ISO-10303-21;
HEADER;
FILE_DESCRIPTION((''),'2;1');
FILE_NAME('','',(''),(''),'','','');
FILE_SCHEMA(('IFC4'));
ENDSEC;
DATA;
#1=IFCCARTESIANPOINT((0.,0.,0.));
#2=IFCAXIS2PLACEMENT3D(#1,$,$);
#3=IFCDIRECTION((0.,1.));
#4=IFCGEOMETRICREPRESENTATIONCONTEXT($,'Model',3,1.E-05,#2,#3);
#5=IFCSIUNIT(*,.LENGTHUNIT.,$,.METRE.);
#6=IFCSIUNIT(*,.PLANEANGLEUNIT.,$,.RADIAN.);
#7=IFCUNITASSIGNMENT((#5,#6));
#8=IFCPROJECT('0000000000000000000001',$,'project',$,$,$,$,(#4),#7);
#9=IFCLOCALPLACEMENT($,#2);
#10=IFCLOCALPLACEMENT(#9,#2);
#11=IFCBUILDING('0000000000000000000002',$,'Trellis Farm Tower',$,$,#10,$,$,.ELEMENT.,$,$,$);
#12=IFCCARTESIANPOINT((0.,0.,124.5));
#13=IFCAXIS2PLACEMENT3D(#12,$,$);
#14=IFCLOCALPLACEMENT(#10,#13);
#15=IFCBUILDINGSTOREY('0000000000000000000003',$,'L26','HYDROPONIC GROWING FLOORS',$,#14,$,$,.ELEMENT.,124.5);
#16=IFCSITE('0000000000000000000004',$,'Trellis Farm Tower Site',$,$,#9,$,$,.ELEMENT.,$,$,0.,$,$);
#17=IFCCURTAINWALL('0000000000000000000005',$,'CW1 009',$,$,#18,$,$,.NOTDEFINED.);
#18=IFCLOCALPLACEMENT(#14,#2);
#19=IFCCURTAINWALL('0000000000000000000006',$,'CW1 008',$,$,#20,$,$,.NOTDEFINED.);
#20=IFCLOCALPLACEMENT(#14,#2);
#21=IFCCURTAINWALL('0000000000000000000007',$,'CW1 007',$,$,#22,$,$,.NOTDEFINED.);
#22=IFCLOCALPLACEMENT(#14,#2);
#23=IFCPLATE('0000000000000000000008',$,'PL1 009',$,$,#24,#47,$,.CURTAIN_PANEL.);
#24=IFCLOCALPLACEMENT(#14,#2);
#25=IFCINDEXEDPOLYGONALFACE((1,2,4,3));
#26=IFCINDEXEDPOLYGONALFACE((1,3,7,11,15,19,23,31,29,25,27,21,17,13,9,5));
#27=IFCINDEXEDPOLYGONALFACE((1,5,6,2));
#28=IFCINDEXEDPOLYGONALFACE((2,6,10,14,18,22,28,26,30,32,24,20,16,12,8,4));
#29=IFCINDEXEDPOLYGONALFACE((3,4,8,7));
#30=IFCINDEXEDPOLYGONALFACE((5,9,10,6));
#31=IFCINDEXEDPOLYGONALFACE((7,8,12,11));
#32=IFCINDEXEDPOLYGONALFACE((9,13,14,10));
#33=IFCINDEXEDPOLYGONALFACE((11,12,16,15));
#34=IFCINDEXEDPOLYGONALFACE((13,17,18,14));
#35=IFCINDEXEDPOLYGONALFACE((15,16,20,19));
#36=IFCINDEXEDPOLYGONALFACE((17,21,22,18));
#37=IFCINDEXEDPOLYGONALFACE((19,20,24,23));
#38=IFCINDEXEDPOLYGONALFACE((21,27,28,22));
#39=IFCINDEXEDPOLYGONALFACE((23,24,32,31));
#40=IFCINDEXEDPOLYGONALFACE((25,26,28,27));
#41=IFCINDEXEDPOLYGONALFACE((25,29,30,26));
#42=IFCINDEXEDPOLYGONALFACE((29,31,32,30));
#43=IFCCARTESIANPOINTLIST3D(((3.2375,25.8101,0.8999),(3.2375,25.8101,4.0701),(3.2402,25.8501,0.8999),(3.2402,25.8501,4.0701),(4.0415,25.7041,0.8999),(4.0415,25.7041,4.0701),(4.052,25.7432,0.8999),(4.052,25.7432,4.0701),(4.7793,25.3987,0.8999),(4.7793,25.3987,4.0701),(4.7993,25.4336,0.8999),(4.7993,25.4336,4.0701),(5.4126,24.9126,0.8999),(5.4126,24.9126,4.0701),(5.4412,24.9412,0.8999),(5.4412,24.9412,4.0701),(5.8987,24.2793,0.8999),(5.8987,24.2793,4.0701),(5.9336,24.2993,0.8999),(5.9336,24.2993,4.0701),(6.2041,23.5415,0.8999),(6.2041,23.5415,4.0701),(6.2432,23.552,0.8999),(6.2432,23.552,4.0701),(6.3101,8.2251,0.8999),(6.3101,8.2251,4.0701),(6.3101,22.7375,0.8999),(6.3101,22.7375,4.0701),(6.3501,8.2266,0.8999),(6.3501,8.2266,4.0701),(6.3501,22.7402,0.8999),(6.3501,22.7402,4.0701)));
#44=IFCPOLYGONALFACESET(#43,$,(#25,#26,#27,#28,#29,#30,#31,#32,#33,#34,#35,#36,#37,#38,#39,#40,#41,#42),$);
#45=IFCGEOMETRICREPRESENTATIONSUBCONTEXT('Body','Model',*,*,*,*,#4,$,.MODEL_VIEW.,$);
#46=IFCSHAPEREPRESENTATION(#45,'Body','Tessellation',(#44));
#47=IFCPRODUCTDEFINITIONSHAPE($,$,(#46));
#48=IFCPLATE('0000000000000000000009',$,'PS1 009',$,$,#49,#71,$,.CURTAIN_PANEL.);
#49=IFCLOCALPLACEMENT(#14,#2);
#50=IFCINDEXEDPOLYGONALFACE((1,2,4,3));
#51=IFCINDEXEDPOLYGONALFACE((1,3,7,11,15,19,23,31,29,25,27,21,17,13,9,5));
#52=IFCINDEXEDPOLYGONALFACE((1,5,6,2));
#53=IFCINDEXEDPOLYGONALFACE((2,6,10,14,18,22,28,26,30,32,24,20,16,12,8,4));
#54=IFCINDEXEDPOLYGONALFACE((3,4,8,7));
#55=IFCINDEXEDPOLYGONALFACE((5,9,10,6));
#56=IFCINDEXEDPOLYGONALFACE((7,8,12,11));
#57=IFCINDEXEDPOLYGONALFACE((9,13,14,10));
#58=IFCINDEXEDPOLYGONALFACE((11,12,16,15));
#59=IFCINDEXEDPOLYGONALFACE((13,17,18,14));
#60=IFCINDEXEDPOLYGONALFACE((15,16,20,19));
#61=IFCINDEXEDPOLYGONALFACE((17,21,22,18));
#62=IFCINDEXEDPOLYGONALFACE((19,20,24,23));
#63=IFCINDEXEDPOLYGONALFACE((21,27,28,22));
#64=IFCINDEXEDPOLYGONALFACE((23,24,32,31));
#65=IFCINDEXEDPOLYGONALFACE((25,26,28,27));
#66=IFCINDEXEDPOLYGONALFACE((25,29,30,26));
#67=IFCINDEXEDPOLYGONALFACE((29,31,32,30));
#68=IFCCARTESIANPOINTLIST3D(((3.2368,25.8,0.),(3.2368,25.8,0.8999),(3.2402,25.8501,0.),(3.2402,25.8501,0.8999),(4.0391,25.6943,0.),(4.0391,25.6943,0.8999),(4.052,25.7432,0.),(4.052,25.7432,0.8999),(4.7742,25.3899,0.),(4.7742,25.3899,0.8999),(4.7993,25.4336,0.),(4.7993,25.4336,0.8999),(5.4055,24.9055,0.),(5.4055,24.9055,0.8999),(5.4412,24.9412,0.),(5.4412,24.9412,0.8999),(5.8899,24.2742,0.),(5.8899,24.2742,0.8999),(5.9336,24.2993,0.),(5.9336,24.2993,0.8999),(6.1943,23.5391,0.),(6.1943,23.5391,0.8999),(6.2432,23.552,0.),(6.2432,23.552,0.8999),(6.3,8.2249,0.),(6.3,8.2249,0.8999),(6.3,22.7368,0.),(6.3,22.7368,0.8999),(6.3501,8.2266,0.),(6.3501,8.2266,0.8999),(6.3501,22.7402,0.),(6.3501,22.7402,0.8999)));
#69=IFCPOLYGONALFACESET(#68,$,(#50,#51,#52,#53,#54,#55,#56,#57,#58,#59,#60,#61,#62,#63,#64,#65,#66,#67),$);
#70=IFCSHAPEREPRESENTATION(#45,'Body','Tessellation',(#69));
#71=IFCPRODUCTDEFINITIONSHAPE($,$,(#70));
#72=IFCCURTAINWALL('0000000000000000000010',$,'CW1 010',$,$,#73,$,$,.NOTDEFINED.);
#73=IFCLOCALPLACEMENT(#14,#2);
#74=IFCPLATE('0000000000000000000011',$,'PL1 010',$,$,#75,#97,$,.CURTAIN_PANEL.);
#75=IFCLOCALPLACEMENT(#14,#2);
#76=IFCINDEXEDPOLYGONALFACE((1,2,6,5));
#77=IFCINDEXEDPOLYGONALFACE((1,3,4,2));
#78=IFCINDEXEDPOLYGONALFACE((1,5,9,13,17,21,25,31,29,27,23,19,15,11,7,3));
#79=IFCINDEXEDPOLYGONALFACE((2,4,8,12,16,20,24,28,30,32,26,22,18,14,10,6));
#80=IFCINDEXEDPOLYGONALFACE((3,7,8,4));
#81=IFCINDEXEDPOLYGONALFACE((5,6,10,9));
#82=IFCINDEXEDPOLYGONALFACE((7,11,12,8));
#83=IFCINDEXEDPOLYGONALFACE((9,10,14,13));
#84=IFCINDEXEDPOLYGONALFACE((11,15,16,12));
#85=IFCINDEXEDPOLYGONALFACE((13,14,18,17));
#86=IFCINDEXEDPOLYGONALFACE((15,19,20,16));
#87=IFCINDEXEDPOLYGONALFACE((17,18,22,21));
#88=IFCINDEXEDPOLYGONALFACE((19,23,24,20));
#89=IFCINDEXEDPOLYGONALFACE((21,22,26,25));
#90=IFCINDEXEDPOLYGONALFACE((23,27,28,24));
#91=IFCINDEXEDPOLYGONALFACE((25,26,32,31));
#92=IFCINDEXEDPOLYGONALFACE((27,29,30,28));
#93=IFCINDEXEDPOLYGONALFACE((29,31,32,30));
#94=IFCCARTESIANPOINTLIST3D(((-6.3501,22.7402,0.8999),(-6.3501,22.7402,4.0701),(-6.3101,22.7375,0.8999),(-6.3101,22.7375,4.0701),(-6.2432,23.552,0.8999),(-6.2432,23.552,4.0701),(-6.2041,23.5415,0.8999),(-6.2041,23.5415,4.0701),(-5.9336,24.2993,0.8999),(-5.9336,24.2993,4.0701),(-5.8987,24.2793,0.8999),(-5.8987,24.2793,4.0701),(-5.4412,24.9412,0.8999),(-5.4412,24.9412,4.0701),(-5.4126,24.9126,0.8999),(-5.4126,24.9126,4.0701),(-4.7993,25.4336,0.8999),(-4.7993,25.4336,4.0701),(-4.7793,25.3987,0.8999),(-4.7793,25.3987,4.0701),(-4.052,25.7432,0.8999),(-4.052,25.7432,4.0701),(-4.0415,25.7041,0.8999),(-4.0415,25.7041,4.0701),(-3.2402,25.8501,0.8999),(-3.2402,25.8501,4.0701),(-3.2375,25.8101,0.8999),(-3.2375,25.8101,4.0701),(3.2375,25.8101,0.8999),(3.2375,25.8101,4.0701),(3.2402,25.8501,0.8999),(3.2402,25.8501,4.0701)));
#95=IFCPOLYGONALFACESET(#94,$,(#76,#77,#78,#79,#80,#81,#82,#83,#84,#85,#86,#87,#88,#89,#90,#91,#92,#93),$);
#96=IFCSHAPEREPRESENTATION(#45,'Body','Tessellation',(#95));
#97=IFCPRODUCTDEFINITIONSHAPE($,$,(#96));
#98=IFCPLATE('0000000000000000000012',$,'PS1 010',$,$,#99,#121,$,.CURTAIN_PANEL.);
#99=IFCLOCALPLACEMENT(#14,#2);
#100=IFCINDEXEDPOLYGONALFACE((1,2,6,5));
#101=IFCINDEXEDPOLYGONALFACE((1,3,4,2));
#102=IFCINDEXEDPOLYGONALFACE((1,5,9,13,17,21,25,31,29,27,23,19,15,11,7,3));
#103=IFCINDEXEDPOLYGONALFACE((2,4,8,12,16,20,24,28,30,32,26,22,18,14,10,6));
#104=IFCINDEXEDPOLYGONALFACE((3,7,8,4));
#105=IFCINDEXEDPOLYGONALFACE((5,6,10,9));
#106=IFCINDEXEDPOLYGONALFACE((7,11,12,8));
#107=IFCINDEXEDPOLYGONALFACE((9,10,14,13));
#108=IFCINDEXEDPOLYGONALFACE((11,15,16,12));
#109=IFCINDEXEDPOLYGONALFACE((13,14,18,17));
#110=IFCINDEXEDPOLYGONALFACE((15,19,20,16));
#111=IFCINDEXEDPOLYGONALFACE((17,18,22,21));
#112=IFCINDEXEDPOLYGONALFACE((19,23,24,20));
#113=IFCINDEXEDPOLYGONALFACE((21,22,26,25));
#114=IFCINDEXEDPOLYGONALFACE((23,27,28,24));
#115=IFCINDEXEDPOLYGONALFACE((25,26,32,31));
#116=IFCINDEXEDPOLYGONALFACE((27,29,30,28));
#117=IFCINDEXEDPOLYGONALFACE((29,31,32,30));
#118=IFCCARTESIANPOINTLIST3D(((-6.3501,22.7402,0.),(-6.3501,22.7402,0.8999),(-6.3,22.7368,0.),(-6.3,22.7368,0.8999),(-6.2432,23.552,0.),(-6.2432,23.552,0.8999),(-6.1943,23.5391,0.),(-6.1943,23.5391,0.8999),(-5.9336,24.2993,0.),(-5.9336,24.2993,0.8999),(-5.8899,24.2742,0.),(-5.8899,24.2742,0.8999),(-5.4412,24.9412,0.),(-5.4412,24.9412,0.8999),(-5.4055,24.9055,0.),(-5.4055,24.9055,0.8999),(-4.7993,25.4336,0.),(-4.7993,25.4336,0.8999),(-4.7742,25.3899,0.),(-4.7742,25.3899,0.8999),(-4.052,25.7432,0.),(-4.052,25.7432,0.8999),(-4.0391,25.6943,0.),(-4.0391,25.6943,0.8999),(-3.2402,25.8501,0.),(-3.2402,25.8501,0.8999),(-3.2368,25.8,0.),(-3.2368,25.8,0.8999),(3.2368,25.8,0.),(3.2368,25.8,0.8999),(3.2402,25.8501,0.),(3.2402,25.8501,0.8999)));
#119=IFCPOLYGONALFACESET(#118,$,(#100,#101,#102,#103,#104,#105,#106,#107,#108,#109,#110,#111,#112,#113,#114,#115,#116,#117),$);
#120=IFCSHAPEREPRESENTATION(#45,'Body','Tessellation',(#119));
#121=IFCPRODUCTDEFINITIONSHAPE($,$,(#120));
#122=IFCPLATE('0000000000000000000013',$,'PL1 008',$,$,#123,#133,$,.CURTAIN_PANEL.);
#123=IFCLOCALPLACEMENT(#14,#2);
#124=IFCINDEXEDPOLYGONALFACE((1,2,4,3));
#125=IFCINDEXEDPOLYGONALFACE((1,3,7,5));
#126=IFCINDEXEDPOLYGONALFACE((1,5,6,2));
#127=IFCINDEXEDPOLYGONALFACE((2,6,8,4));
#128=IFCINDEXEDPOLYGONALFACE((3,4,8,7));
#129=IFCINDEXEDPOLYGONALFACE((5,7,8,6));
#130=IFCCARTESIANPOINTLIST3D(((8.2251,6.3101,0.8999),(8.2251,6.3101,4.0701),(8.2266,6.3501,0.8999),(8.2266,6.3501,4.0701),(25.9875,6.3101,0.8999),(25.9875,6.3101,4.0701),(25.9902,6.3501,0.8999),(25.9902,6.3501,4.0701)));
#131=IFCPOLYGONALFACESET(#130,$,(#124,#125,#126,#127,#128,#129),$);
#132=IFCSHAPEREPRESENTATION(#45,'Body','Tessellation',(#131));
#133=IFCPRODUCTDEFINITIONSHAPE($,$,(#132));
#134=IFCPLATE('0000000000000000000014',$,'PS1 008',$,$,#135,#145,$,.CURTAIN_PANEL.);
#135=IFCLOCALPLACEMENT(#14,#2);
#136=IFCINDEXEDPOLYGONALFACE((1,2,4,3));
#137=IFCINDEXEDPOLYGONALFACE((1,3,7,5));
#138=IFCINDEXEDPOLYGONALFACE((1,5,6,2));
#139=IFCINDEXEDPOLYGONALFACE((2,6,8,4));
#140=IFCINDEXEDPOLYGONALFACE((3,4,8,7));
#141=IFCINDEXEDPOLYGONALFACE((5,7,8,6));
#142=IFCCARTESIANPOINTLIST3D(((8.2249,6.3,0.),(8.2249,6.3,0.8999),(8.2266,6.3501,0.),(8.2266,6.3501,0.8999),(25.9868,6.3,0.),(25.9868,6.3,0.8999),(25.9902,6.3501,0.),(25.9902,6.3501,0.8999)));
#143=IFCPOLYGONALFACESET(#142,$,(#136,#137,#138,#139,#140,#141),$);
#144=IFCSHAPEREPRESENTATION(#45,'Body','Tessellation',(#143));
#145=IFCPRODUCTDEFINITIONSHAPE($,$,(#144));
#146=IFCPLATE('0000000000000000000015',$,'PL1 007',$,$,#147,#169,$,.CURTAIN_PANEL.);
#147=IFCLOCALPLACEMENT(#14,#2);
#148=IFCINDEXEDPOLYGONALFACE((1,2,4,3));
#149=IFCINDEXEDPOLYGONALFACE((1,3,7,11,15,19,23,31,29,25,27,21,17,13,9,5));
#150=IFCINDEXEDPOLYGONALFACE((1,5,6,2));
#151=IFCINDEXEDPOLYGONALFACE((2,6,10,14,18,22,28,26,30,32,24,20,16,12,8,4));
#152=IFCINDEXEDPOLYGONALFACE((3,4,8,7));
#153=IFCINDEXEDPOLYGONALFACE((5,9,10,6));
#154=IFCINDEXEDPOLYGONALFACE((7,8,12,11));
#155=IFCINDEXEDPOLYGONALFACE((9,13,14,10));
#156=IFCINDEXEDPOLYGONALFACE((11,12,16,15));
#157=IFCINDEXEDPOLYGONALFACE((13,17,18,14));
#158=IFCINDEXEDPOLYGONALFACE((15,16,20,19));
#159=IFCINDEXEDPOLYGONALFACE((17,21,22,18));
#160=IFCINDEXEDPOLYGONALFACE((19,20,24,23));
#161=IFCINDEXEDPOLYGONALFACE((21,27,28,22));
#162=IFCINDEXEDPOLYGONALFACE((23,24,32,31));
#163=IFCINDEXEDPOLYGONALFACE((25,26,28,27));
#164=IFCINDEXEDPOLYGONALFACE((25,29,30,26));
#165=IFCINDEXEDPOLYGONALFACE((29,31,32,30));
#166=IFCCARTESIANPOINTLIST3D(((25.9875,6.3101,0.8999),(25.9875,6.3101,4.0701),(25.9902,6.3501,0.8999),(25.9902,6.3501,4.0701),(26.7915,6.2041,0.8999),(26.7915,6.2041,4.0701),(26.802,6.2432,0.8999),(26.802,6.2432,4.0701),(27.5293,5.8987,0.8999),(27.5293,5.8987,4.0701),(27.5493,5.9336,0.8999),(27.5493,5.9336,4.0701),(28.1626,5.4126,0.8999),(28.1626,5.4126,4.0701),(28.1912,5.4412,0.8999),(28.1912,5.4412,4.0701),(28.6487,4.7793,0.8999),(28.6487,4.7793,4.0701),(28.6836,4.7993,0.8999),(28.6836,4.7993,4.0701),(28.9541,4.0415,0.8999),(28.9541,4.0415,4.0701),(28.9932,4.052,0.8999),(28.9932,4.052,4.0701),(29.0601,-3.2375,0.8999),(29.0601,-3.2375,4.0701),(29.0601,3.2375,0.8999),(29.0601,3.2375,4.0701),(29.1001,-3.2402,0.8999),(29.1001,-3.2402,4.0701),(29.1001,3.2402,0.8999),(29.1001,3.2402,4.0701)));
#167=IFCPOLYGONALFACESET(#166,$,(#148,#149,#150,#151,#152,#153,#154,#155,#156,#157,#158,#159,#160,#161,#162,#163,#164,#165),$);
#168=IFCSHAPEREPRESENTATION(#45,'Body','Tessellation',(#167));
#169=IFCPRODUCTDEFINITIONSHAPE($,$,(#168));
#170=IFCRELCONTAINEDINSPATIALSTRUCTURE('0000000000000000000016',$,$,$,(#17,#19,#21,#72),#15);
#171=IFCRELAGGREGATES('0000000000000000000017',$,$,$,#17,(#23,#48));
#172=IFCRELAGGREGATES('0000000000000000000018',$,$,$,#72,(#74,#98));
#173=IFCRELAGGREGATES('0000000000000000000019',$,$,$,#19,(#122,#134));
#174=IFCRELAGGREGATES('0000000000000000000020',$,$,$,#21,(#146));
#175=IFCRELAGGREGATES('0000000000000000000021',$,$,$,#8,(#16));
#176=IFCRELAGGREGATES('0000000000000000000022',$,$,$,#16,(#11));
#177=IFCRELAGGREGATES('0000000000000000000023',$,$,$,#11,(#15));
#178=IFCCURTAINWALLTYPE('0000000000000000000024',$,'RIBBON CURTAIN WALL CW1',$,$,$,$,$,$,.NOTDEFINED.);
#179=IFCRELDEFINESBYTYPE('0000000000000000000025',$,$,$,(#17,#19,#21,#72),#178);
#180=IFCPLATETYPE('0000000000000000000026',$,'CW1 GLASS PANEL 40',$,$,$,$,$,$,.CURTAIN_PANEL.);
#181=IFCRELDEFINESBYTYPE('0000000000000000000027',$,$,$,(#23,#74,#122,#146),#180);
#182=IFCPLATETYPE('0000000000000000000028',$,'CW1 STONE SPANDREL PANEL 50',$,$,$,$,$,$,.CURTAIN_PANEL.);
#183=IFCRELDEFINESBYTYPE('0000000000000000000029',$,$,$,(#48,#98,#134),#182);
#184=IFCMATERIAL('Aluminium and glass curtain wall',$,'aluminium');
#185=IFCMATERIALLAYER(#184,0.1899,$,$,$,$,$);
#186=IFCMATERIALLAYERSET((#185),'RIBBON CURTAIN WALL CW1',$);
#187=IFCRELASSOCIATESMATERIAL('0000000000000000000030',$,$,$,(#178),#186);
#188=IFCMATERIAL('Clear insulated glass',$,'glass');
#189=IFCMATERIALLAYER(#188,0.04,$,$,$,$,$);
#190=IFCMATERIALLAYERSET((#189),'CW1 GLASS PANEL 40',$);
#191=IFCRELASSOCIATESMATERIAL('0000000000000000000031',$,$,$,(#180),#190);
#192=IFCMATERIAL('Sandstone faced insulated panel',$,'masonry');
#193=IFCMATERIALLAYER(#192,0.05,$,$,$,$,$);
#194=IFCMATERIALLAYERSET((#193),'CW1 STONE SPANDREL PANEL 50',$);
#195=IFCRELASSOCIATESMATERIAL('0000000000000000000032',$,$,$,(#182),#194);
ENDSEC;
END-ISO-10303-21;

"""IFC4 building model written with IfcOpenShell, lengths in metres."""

from ifc_helpers import new_model, si_unit, direction, frame, origin, place, context, subcontext, project, spatial, polyline, outline, extrude, source, transform, mapped, material, layer, layer_set, type_object, element, aggregate, save


model = new_model("IFC4")

# Units and contexts
model_context = context("Model", 3, precision=1e-05, world=origin(), true_north=direction((0.0, 1.0)))
body_context = subcontext(model_context, "Body", "Model", "MODEL_VIEW")
ifc_project = project(units=[si_unit("LENGTHUNIT", "METRE"), si_unit("PLANEANGLEUNIT", "RADIAN")], contexts=[model_context])

# Site, building, storey
site_placement = place(None, origin())
site = spatial("IfcSite", under=ifc_project, at=site_placement, Name="Trellis Farm Tower Site", CompositionType="ELEMENT", RefElevation=0.0)
building_placement = place(site_placement, origin())
building = spatial("IfcBuilding", under=site, at=building_placement, Name="Trellis Farm Tower", CompositionType="ELEMENT")
storey_placement = place(building_placement, frame((0.0, 0.0, 124.5)))
storey = spatial("IfcBuildingStorey", under=building, at=storey_placement, Name="L26", Description="HYDROPONIC GROWING FLOORS", CompositionType="ELEMENT", Elevation=124.5)

# Curtain walls
ifc_material_1 = material(Name="Aluminium and glass curtain wall", Category="aluminium")
placement_1 = place(storey_placement, origin())
ifc_layer_1 = layer(ifc_material_1, 0.1899)
ifc_layer_set_1 = layer_set([ifc_layer_1], Name="RIBBON CURTAIN WALL CW1")
curtain_wall_type_1 = type_object("IfcCurtainWallType", Name="RIBBON CURTAIN WALL CW1", PredefinedType="NOTDEFINED", material=ifc_layer_set_1)
curtain_wall_1 = element("IfcCurtainWall", 1, at=placement_1, inside=storey, type_object=curtain_wall_type_1, Name="CW1 009", PredefinedType="NOTDEFINED")
curtain_wall_2 = element("IfcCurtainWall", 2, at=placement_1, inside=storey, type_object=curtain_wall_type_1, Name="CW1 008", PredefinedType="NOTDEFINED")
curtain_wall_3 = element("IfcCurtainWall", 3, at=placement_1, inside=storey, type_object=curtain_wall_type_1, Name="CW1 007", PredefinedType="NOTDEFINED")

# Plates
ifc_material_2 = material(Name="Clear insulated glass", Category="glass")
ifc_layer_2 = layer(ifc_material_2, 0.04)
ifc_layer_set_2 = layer_set([ifc_layer_2], Name="CW1 GLASS PANEL 40")
plate_type_1 = type_object("IfcPlateType", Name="CW1 GLASS PANEL 40", PredefinedType="CURTAIN_PANEL", material=ifc_layer_set_2)
shared_shape_1 = source(origin(), body_context, "Body", "SweptSolid", [
    extrude(outline(polyline([(6.3501, 8.2266), (6.3501, 22.7402), (6.2432, 23.552), (5.9336, 24.2993), (5.4412, 24.9412), (4.7993, 25.4336), (4.052, 25.7432), (3.2402, 25.8501), (3.2375, 25.8101), (4.0415, 25.7041), (4.7793, 25.3987), (5.4126, 24.9126), (5.8987, 24.2793), (6.2041, 23.5415), (6.3101, 22.7375), (6.3101, 8.2251), (6.3501, 8.2266)])), origin(), (0.0, 0.0, 1.0), 3.1702),
])
placement_2 = place(storey_placement, frame((0.0, 0.0, 0.8999)))
plate_1 = element("IfcPlate", 4, at=placement_2, type_object=plate_type_1, Name="PL1 009", PredefinedType="CURTAIN_PANEL", context=body_context, shape_type="MappedRepresentation", body=[
    mapped(shared_shape_1, transform((0.0, 0.0, 0.0))),
])
ifc_material_3 = material(Name="Sandstone faced insulated panel", Category="masonry")
ifc_layer_3 = layer(ifc_material_3, 0.05)
ifc_layer_set_3 = layer_set([ifc_layer_3], Name="CW1 STONE SPANDREL PANEL 50")
plate_type_2 = type_object("IfcPlateType", Name="CW1 STONE SPANDREL PANEL 50", PredefinedType="CURTAIN_PANEL", material=ifc_layer_set_3)
shared_shape_2 = source(origin(), body_context, "Body", "SweptSolid", [
    extrude(outline(polyline([(6.3501, 8.2266), (6.3501, 22.7402), (6.2432, 23.552), (5.9336, 24.2993), (5.4412, 24.9412), (4.7993, 25.4336), (4.052, 25.7432), (3.2402, 25.8501), (3.2368, 25.8), (4.0391, 25.6943), (4.7742, 25.3899), (5.4055, 24.9055), (5.8899, 24.2742), (6.1943, 23.5391), (6.3, 22.7368), (6.3, 8.2249), (6.3501, 8.2266)])), origin(), (0.0, 0.0, 1.0), 0.8999),
])
plate_2 = element("IfcPlate", 5, at=placement_1, type_object=plate_type_2, Name="PS1 009", PredefinedType="CURTAIN_PANEL", context=body_context, shape_type="MappedRepresentation", body=[
    mapped(shared_shape_2, transform((0.0, 0.0, 0.0))),
])
aggregate(curtain_wall_1, [plate_1, plate_2])

# Curtain wall, plates
curtain_wall_4 = element("IfcCurtainWall", 6, at=placement_1, inside=storey, type_object=curtain_wall_type_1, Name="CW1 010", PredefinedType="NOTDEFINED")
shared_shape_3 = source(origin(), body_context, "Body", "SweptSolid", [
    extrude(outline(polyline([(3.2402, 25.8501), (-3.2402, 25.8501), (-4.052, 25.7432), (-4.7993, 25.4336), (-5.4412, 24.9412), (-5.9336, 24.2993), (-6.2432, 23.552), (-6.3501, 22.7402), (-6.3101, 22.7375), (-6.2041, 23.5415), (-5.8987, 24.2793), (-5.4126, 24.9126), (-4.7793, 25.3987), (-4.0415, 25.7041), (-3.2375, 25.8101), (3.2375, 25.8101), (3.2402, 25.8501)])), origin(), (0.0, 0.0, 1.0), 3.1702),
])
plate_3 = element("IfcPlate", 7, at=placement_2, type_object=plate_type_1, Name="PL1 010", PredefinedType="CURTAIN_PANEL", context=body_context, shape_type="MappedRepresentation", body=[
    mapped(shared_shape_3, transform((0.0, 0.0, 0.0))),
])
shared_shape_4 = source(origin(), body_context, "Body", "SweptSolid", [
    extrude(outline(polyline([(3.2402, 25.8501), (-3.2402, 25.8501), (-4.052, 25.7432), (-4.7993, 25.4336), (-5.4412, 24.9412), (-5.9336, 24.2993), (-6.2432, 23.552), (-6.3501, 22.7402), (-6.3, 22.7368), (-6.1943, 23.5391), (-5.8899, 24.2742), (-5.4055, 24.9055), (-4.7742, 25.3899), (-4.0391, 25.6943), (-3.2368, 25.8), (3.2368, 25.8), (3.2402, 25.8501)])), origin(), (0.0, 0.0, 1.0), 0.8999),
])
plate_4 = element("IfcPlate", 8, at=placement_1, type_object=plate_type_2, Name="PS1 010", PredefinedType="CURTAIN_PANEL", context=body_context, shape_type="MappedRepresentation", body=[
    mapped(shared_shape_4, transform((0.0, 0.0, 0.0))),
])
aggregate(curtain_wall_4, [plate_3, plate_4])

# Plates
shared_shape_5 = source(origin(), body_context, "Body", "SweptSolid", [
    extrude(outline(polyline([(25.9902, 6.3501), (8.2266, 6.3501), (8.2251, 6.3101), (25.9875, 6.3101), (25.9902, 6.3501)])), origin(), (0.0, 0.0, 1.0), 3.1702),
])
plate_5 = element("IfcPlate", 9, at=placement_2, type_object=plate_type_1, Name="PL1 008", PredefinedType="CURTAIN_PANEL", context=body_context, shape_type="MappedRepresentation", body=[
    mapped(shared_shape_5, transform((0.0, 0.0, 0.0))),
])
shared_shape_6 = source(origin(), body_context, "Body", "SweptSolid", [
    extrude(outline(polyline([(25.9902, 6.3501), (8.2266, 6.3501), (8.2249, 6.3), (25.9868, 6.3), (25.9902, 6.3501)])), origin(), (0.0, 0.0, 1.0), 0.8999),
])
plate_6 = element("IfcPlate", 10, at=placement_1, type_object=plate_type_2, Name="PS1 008", PredefinedType="CURTAIN_PANEL", context=body_context, shape_type="MappedRepresentation", body=[
    mapped(shared_shape_6, transform((0.0, 0.0, 0.0))),
])
aggregate(curtain_wall_2, [plate_5, plate_6])
shared_shape_7 = source(origin(), body_context, "Body", "SweptSolid", [
    extrude(outline(polyline([(29.1001, -3.2402), (29.1001, 3.2402), (28.9932, 4.052), (28.6836, 4.7993), (28.1912, 5.4412), (27.5493, 5.9336), (26.802, 6.2432), (25.9902, 6.3501), (25.9875, 6.3101), (26.7915, 6.2041), (27.5293, 5.8987), (28.1626, 5.4126), (28.6487, 4.7793), (28.9541, 4.0415), (29.0601, 3.2375), (29.0601, -3.2375), (29.1001, -3.2402)])), origin(), (0.0, 0.0, 1.0), 3.1702),
])
plate_7 = element("IfcPlate", 11, at=placement_2, type_object=plate_type_1, Name="PL1 007", PredefinedType="CURTAIN_PANEL", context=body_context, shape_type="MappedRepresentation", body=[
    mapped(shared_shape_7, transform((0.0, 0.0, 0.0))),
])
aggregate(curtain_wall_3, [plate_7])

save(model, "model.ifc")
